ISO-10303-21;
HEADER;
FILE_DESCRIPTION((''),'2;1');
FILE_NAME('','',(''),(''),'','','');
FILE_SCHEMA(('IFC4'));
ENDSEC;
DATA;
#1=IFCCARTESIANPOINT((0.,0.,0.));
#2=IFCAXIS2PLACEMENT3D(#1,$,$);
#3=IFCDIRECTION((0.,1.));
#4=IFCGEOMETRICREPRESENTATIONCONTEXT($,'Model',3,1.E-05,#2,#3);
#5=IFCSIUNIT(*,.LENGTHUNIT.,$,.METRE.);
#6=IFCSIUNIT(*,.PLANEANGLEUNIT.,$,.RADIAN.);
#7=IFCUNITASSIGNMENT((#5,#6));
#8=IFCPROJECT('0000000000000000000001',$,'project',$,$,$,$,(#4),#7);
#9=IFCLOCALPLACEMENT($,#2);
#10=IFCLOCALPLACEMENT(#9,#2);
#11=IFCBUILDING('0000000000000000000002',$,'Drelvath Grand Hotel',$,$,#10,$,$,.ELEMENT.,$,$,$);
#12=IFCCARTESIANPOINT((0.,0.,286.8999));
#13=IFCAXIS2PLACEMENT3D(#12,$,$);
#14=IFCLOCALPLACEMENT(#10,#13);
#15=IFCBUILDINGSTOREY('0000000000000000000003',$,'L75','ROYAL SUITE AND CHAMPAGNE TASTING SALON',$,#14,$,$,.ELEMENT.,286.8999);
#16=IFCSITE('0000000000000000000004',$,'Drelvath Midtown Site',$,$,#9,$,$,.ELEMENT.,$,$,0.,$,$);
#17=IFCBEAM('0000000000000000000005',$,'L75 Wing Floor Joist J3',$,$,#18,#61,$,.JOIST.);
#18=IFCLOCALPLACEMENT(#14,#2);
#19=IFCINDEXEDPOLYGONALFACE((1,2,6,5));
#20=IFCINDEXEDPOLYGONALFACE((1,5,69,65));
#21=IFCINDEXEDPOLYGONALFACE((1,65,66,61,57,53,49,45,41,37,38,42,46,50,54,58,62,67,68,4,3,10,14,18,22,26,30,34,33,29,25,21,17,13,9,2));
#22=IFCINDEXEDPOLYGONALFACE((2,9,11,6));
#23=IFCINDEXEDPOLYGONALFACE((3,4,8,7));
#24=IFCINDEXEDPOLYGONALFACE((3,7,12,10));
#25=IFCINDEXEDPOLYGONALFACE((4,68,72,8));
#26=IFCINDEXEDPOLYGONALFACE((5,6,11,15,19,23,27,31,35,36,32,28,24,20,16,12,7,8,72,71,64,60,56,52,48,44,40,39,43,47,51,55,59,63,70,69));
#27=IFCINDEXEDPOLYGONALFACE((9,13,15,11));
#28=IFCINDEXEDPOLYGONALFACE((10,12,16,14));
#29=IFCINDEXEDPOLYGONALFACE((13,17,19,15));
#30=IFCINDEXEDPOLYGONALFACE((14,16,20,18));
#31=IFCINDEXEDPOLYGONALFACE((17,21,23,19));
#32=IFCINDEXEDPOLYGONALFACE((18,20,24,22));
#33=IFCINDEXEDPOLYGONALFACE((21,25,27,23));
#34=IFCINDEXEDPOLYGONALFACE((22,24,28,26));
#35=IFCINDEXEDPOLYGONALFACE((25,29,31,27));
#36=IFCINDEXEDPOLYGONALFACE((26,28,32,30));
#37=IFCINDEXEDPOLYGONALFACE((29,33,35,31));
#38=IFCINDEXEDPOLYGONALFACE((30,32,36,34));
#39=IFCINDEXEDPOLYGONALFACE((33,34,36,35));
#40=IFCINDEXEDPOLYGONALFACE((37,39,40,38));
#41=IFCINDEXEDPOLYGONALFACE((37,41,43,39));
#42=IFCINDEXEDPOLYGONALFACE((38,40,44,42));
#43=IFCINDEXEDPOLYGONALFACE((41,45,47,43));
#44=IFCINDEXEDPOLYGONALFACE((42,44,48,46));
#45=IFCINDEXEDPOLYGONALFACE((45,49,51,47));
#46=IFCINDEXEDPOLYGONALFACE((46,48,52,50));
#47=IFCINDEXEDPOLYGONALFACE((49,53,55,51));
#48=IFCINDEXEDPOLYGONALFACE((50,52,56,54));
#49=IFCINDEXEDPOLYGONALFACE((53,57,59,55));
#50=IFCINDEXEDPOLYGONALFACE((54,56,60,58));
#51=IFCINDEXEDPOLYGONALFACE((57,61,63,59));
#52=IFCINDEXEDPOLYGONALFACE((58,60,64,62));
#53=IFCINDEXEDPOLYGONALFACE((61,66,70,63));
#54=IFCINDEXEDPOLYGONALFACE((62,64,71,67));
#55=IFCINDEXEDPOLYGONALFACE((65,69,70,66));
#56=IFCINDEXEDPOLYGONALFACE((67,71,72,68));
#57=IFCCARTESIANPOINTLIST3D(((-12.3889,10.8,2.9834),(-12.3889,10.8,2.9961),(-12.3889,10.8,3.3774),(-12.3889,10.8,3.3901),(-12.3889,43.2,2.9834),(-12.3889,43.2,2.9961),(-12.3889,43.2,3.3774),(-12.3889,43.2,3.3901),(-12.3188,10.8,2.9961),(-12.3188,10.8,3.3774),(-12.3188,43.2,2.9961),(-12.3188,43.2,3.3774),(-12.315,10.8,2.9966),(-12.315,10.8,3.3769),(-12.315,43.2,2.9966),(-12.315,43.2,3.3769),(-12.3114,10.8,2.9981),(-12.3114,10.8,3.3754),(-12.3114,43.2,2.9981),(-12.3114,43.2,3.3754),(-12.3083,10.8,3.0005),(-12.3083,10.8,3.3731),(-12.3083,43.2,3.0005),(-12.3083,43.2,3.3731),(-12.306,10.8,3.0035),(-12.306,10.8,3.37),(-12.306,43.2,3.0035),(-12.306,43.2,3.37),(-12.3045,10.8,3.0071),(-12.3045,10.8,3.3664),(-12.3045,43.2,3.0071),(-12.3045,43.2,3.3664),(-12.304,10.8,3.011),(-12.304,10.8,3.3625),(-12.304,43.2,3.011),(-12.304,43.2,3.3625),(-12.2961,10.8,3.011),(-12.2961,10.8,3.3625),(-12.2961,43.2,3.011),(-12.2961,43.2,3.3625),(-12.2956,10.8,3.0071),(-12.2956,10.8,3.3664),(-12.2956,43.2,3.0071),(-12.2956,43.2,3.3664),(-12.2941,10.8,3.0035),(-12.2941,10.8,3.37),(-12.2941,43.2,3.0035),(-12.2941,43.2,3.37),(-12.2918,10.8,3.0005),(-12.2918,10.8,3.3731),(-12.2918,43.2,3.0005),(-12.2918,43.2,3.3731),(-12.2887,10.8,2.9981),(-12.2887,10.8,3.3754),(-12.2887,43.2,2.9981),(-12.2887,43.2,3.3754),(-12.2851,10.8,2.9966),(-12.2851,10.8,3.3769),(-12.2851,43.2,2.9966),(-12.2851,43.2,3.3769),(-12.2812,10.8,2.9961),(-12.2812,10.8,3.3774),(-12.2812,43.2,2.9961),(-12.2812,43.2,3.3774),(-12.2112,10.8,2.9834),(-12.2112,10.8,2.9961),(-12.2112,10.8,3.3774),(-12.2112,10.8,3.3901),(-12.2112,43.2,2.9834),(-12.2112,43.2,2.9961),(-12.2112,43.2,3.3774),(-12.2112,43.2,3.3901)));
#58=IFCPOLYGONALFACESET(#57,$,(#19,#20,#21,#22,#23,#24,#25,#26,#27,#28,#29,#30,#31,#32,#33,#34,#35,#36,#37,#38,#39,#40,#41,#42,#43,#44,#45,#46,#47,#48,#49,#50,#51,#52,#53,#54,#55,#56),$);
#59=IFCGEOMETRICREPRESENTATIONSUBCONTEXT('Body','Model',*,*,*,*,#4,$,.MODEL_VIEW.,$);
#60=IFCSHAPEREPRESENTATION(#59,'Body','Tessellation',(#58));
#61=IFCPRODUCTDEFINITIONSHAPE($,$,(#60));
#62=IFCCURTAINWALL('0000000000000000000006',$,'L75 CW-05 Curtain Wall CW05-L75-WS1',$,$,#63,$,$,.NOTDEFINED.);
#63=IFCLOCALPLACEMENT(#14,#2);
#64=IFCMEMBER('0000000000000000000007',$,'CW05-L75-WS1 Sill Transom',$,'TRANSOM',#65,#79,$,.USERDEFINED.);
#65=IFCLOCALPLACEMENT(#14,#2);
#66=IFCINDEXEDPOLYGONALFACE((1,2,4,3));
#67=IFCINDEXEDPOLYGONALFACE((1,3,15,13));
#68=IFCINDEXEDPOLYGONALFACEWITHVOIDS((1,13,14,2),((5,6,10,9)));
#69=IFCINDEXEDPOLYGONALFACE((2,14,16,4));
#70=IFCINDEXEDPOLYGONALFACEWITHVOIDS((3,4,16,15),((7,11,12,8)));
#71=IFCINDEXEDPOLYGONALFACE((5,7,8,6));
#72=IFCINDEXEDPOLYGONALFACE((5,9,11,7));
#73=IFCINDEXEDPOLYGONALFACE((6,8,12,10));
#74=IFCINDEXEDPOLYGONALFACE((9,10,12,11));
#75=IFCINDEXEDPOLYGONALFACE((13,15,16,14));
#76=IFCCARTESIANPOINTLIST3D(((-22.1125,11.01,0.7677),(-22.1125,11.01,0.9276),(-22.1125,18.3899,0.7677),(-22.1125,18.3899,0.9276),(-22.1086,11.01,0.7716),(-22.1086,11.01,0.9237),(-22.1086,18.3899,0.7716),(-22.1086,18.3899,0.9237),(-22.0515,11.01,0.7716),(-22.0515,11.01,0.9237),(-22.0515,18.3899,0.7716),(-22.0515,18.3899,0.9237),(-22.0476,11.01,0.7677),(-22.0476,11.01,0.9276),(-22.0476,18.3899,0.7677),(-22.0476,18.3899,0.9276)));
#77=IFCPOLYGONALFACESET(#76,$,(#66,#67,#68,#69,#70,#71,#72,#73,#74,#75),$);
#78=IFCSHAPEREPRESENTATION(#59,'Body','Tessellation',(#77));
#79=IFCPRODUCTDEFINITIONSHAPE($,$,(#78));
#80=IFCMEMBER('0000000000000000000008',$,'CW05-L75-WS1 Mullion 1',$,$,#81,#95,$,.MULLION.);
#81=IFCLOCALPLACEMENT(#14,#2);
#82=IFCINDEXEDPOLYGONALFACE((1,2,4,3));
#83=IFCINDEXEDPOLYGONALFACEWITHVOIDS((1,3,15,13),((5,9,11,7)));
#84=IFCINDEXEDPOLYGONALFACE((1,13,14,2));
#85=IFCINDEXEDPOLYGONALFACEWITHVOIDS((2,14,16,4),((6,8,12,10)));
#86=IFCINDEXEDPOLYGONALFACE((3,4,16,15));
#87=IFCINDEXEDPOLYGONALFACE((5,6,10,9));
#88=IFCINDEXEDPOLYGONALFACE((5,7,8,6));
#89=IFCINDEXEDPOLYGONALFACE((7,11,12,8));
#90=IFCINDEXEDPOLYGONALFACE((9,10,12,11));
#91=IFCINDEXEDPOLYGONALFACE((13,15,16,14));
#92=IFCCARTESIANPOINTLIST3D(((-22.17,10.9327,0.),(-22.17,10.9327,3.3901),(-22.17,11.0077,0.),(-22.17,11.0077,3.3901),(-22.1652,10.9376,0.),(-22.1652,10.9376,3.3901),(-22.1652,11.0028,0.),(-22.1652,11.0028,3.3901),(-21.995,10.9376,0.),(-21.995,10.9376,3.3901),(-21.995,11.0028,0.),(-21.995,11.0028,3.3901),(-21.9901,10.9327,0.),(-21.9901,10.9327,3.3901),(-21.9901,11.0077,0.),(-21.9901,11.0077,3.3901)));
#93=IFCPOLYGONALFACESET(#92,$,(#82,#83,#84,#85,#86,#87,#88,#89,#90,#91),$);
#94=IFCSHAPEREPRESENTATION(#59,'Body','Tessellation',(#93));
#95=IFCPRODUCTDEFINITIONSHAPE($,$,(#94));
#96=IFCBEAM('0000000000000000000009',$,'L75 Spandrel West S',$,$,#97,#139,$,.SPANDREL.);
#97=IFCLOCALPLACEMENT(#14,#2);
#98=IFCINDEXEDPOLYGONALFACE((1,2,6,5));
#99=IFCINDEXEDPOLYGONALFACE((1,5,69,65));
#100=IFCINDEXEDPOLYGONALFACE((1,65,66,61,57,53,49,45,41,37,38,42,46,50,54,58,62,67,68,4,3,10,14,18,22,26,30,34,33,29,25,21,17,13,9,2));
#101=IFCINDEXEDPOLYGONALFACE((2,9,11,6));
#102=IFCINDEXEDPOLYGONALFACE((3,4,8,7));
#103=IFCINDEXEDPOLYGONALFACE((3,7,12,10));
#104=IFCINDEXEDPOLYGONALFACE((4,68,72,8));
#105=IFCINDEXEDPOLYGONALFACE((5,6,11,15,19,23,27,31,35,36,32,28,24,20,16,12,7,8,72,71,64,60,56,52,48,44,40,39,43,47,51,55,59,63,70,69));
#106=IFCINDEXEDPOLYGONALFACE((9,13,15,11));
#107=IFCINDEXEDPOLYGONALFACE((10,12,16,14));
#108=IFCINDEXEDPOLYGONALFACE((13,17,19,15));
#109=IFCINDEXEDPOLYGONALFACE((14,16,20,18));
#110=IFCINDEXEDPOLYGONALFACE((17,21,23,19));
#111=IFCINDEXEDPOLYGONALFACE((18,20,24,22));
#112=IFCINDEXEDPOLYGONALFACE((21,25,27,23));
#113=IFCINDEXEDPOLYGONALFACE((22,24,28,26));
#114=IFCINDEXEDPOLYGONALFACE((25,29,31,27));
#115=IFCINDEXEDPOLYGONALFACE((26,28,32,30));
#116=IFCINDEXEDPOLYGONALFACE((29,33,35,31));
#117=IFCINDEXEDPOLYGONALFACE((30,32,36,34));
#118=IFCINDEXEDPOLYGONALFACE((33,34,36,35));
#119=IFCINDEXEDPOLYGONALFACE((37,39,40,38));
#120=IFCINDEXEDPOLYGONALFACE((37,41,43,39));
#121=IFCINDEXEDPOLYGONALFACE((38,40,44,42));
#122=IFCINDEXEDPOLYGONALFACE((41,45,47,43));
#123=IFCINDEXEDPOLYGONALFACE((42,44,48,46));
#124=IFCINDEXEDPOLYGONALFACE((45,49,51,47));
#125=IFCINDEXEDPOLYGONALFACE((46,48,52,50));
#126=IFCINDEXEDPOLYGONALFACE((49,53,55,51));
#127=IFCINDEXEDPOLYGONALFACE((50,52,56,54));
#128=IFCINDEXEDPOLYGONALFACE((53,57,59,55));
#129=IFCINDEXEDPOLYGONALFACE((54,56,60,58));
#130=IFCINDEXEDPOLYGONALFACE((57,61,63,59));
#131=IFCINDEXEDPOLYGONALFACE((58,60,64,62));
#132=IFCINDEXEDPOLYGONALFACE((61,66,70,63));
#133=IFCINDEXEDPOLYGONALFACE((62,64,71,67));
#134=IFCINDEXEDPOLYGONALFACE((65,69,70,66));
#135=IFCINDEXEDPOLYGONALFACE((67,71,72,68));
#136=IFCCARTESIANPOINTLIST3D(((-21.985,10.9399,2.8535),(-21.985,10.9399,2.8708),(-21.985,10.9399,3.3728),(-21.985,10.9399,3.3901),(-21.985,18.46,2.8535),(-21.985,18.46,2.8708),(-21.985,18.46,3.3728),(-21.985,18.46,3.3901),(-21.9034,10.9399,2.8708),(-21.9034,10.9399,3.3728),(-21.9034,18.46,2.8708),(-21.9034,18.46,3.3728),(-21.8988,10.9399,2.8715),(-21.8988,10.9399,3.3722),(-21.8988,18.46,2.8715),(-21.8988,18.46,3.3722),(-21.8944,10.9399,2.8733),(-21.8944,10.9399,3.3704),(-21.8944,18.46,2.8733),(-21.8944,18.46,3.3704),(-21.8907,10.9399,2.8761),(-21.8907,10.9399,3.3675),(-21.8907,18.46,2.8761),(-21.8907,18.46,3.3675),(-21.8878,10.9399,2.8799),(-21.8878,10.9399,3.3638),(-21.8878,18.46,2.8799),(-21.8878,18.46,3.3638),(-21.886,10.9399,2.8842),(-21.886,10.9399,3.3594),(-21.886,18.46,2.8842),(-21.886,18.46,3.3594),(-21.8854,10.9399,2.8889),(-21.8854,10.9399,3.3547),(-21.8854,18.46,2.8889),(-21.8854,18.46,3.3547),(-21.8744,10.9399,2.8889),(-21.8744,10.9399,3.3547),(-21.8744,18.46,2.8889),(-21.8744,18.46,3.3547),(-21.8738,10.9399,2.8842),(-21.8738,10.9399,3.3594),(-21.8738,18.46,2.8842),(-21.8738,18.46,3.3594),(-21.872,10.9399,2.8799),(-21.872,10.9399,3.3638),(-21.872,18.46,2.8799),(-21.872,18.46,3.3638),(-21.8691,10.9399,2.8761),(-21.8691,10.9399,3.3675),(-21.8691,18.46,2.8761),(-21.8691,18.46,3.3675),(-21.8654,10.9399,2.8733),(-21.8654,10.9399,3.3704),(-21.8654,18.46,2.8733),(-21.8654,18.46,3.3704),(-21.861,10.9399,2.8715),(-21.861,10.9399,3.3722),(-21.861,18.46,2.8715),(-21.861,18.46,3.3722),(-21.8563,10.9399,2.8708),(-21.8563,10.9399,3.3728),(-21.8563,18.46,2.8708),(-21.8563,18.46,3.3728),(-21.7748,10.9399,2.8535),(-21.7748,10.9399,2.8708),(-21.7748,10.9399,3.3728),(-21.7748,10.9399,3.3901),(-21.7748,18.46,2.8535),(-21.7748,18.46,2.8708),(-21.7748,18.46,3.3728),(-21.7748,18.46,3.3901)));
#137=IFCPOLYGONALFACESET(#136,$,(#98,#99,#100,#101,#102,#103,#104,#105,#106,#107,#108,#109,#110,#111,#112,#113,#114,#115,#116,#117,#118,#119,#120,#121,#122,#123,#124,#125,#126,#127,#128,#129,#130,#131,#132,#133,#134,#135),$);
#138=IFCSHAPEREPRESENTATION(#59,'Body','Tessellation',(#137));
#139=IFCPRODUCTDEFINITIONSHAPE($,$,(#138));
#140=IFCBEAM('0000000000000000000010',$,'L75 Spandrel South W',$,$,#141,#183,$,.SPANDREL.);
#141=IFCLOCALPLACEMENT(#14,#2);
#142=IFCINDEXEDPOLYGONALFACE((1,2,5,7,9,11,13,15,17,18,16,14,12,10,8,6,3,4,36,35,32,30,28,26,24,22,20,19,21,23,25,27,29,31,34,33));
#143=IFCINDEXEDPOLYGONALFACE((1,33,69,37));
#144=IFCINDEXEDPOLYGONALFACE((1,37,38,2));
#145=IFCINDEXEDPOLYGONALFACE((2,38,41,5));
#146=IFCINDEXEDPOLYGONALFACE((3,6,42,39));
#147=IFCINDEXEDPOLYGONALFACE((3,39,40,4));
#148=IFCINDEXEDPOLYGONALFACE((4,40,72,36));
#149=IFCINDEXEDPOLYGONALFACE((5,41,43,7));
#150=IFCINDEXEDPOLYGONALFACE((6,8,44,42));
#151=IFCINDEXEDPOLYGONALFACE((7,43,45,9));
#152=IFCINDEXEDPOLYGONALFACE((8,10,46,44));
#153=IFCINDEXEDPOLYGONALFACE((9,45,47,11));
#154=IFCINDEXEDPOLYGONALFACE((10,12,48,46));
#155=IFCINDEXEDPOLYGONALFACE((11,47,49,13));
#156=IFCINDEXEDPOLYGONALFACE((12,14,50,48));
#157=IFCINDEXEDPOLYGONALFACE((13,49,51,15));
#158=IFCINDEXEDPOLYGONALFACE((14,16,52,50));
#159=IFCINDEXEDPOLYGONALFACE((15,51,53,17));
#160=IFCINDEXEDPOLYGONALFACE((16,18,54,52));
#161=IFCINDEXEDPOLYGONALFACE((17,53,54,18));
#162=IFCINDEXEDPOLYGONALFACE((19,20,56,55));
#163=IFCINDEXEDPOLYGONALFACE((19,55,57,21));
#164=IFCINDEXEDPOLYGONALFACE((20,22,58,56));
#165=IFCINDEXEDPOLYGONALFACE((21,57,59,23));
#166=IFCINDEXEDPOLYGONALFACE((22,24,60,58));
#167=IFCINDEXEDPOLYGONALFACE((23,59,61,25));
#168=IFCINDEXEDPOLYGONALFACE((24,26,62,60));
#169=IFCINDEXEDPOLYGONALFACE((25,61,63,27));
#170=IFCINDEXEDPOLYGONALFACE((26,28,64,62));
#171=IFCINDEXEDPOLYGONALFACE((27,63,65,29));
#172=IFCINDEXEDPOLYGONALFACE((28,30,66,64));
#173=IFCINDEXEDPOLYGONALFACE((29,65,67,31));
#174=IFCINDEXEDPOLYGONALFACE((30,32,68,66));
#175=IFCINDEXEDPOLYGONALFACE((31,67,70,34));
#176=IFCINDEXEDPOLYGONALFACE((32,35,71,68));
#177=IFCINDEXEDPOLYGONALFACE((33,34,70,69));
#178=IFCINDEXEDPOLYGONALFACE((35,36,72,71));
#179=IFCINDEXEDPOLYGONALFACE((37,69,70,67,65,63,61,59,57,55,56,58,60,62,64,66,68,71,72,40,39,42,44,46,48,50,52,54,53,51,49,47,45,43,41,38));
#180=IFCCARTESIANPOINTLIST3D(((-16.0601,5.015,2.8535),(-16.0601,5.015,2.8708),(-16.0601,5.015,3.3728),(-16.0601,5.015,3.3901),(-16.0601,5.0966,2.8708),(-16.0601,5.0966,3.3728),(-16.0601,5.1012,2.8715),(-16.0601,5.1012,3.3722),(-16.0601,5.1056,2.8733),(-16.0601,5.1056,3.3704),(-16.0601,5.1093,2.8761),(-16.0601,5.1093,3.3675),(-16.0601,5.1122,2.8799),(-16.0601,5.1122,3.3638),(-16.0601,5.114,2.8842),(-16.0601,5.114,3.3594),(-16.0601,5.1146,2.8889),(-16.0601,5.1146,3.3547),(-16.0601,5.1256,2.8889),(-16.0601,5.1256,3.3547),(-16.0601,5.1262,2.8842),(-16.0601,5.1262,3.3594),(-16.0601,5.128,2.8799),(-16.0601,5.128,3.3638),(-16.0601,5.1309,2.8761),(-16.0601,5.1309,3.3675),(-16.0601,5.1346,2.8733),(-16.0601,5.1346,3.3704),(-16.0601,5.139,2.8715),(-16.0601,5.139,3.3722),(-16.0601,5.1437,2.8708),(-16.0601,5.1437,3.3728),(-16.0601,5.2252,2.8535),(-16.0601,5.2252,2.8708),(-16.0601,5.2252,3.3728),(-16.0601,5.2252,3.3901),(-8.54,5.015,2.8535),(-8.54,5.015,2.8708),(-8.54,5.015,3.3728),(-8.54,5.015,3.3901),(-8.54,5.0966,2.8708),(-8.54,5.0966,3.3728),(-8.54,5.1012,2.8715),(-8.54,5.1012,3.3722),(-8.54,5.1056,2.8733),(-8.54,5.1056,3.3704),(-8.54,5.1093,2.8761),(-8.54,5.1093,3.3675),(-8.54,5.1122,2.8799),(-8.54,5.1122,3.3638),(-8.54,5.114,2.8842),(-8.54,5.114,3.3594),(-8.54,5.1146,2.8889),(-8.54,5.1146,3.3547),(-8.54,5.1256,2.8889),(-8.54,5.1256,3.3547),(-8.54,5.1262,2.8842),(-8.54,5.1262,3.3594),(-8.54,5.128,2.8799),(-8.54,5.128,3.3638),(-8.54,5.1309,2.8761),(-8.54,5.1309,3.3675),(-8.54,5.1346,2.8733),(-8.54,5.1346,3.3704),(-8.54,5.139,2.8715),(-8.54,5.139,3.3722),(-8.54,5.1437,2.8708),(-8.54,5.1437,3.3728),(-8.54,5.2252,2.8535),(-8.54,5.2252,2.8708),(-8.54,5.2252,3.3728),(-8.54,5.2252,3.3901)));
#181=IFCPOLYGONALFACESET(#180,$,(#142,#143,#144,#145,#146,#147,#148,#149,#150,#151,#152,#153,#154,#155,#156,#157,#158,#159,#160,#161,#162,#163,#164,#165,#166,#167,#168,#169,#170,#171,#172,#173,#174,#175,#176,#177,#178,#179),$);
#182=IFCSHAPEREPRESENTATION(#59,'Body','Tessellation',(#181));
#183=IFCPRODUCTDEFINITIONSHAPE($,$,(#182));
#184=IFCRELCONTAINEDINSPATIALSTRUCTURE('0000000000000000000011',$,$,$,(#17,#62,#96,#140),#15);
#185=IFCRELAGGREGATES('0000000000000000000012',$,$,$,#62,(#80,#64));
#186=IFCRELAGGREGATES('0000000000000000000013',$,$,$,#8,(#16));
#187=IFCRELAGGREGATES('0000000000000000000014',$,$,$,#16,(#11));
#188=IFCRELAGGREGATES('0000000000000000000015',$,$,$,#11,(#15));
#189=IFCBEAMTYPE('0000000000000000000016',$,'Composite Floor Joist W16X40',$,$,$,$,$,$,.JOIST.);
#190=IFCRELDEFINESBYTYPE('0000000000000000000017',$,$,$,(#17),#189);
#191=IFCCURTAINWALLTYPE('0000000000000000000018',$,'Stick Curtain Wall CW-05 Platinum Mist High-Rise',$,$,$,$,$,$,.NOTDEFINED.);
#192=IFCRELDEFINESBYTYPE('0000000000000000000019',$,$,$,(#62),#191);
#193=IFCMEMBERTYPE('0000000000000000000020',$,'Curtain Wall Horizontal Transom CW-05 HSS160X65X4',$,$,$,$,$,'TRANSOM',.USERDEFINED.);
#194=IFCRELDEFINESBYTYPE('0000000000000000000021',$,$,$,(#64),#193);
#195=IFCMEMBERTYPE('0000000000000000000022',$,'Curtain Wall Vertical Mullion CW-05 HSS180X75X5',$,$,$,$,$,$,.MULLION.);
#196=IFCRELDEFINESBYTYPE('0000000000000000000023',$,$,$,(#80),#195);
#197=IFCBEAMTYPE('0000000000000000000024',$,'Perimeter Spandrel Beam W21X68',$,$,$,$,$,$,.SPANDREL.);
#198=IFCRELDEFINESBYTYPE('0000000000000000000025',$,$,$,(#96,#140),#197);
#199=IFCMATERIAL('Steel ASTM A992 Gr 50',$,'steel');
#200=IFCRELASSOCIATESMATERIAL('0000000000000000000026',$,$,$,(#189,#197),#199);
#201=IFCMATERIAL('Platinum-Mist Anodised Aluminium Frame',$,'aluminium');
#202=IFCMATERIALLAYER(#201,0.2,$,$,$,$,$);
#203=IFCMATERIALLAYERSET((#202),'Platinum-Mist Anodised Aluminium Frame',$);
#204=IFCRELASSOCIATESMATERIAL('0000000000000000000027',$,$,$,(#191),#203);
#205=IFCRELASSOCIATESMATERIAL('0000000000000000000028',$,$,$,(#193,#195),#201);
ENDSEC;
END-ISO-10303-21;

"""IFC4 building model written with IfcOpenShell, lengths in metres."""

from ifc_helpers import new_model, si_unit, direction, frame, origin, origin_2d, place, context, subcontext, project, spatial, hollow_rectangle, i_section, extrude, material, layer, layer_set, material_profile, profile_set, type_object, element, aggregate, save


model = new_model("IFC4")

# Units and contexts
model_context = context("Model", 3, precision=1e-05, world=origin(), true_north=direction((0.0, 1.0)))
body_context = subcontext(model_context, "Body", "Model", "MODEL_VIEW")
ifc_project = project(units=[si_unit("LENGTHUNIT", "METRE"), si_unit("PLANEANGLEUNIT", "RADIAN")], contexts=[model_context])

# Site, building, storey
site_placement = place(None, origin())
site = spatial("IfcSite", under=ifc_project, at=site_placement, Name="Drelvath Midtown Site", CompositionType="ELEMENT", RefElevation=0.0)
building_placement = place(site_placement, origin())
building = spatial("IfcBuilding", under=site, at=building_placement, Name="Drelvath Grand Hotel", CompositionType="ELEMENT")
storey_placement = place(building_placement, frame((0.0, 0.0, 286.8999)))
storey = spatial("IfcBuildingStorey", under=building, at=storey_placement, Name="L75", Description="ROYAL SUITE AND CHAMPAGNE TASTING SALON", CompositionType="ELEMENT", Elevation=286.8999)

# Beam
ifc_material_1 = material(Name="Steel ASTM A992 Gr 50", Category="steel")
ifc_material_profile_1 = material_profile(ifc_material_1, i_section(OverallWidth=0.1777, OverallDepth=0.4067, WebThickness=0.0078, FlangeThickness=0.0127, FilletRadius=0.0149, at=origin_2d()), Name="W16X40")
ifc_profile_set_1 = profile_set([ifc_material_profile_1], Name="Steel ASTM A992 Gr 50")
beam_type_1 = type_object("IfcBeamType", Name="Composite Floor Joist W16X40", PredefinedType="JOIST", material=ifc_profile_set_1)
beam_1_placement = place(storey_placement, frame((-12.3, 10.8, 3.1868), z_axis=(0.0, 1.0, 0.0), x_axis=(-1.0, 0.0, 0.0)))
element("IfcBeam", 1, at=beam_1_placement, inside=storey, type_object=beam_type_1, Name="L75 Wing Floor Joist J3", PredefinedType="JOIST", context=body_context, shape_type="SweptSolid", body=[
    extrude(i_section(OverallWidth=0.1777, OverallDepth=0.4067, WebThickness=0.0078, FlangeThickness=0.0127, FilletRadius=0.0149, at=origin_2d()), origin(), (0.0, 0.0, 1.0), 32.3999),
])

# Curtain wall, members
ifc_material_2 = material(Name="Platinum-Mist Anodised Aluminium Frame", Category="aluminium")
ifc_layer_1 = layer(ifc_material_2, 0.2)
ifc_layer_set_1 = layer_set([ifc_layer_1], Name="Platinum-Mist Anodised Aluminium Frame")
curtain_wall_type = type_object("IfcCurtainWallType", Name="Stick Curtain Wall CW-05 Platinum Mist High-Rise", PredefinedType="NOTDEFINED", material=ifc_layer_set_1)
curtain_wall_placement = place(storey_placement, origin())
curtain_wall = element("IfcCurtainWall", 2, at=curtain_wall_placement, inside=storey, type_object=curtain_wall_type, Name="L75 CW-05 Curtain Wall CW05-L75-WS1", PredefinedType="NOTDEFINED")
ifc_material_profile_2 = material_profile(ifc_material_2, hollow_rectangle(XDim=0.0649, YDim=0.1599, WallThickness=0.0039, at=origin_2d()), Name="HSS160X65X4")
ifc_profile_set_2 = profile_set([ifc_material_profile_2], Name="Platinum-Mist Anodised Aluminium Frame")
member_type_1 = type_object("IfcMemberType", Name="Curtain Wall Horizontal Transom CW-05 HSS160X65X4", ElementType="TRANSOM", PredefinedType="USERDEFINED", material=ifc_profile_set_2)
member_1_placement = place(storey_placement, frame((-22.0801, 11.01, 0.8477), z_axis=(0.0, 1.0, 0.0), x_axis=(-1.0, 0.0, 0.0)))
member_1 = element("IfcMember", 3, at=member_1_placement, type_object=member_type_1, Name="CW05-L75-WS1 Sill Transom", ObjectType="TRANSOM", PredefinedType="USERDEFINED", context=body_context, shape_type="SweptSolid", body=[
    extrude(hollow_rectangle(XDim=0.0649, YDim=0.1599, WallThickness=0.0039, at=origin_2d()), origin(), (0.0, 0.0, 1.0), 7.3799),
])
ifc_material_profile_3 = material_profile(ifc_material_2, hollow_rectangle(XDim=0.075, YDim=0.1799, WallThickness=0.0049, at=origin_2d()), Name="HSS180X75X5")
ifc_profile_set_3 = profile_set([ifc_material_profile_3], Name="Platinum-Mist Anodised Aluminium Frame")
member_type_2 = type_object("IfcMemberType", Name="Curtain Wall Vertical Mullion CW-05 HSS180X75X5", PredefinedType="MULLION", material=ifc_profile_set_3)
member_2_placement = place(storey_placement, frame((-22.0801, 10.9702, 0.0), z_axis=(0.0, 0.0, 1.0), x_axis=(0.0, 1.0, 0.0)))
member_2 = element("IfcMember", 4, at=member_2_placement, type_object=member_type_2, Name="CW05-L75-WS1 Mullion 1", PredefinedType="MULLION", context=body_context, shape_type="SweptSolid", body=[
    extrude(hollow_rectangle(XDim=0.075, YDim=0.1799, WallThickness=0.0049, at=origin_2d()), origin(), (0.0, 0.0, 1.0), 3.3901),
])
aggregate(curtain_wall, [member_2, member_1])

# Beams
ifc_material_profile_4 = material_profile(ifc_material_1, i_section(OverallWidth=0.2102, OverallDepth=0.5366, WebThickness=0.011, FlangeThickness=0.0173, FilletRadius=0.0181, at=origin_2d()), Name="W21X68")
ifc_profile_set_4 = profile_set([ifc_material_profile_4], Name="Steel ASTM A992 Gr 50")
beam_type_2 = type_object("IfcBeamType", Name="Perimeter Spandrel Beam W21X68", PredefinedType="SPANDREL", material=ifc_profile_set_4)
for number, where, z_axis, x_axis, name in (
    (5, (-21.8799, 10.9399, 3.1218), (0.0, 1.0, 0.0), (-1.0, 0.0, 0.0), "L75 Spandrel West S"),
    (6, (-16.0601, 5.1201, 3.1218), (1.0, 0.0, 0.0), (0.0, 1.0, 0.0), "L75 Spandrel South W"),
):
    element("IfcBeam", number, at=place(storey_placement, frame(where, z_axis=z_axis, x_axis=x_axis)), inside=storey, type_object=beam_type_2, Name=name, PredefinedType="SPANDREL", context=body_context, shape_type="SweptSolid", body=[
        extrude(i_section(OverallWidth=0.2102, OverallDepth=0.5366, WebThickness=0.011, FlangeThickness=0.0173, FilletRadius=0.0181, at=origin_2d()), origin(), (0.0, 0.0, 1.0), 7.52),
    ])

save(model, "model.ifc")
